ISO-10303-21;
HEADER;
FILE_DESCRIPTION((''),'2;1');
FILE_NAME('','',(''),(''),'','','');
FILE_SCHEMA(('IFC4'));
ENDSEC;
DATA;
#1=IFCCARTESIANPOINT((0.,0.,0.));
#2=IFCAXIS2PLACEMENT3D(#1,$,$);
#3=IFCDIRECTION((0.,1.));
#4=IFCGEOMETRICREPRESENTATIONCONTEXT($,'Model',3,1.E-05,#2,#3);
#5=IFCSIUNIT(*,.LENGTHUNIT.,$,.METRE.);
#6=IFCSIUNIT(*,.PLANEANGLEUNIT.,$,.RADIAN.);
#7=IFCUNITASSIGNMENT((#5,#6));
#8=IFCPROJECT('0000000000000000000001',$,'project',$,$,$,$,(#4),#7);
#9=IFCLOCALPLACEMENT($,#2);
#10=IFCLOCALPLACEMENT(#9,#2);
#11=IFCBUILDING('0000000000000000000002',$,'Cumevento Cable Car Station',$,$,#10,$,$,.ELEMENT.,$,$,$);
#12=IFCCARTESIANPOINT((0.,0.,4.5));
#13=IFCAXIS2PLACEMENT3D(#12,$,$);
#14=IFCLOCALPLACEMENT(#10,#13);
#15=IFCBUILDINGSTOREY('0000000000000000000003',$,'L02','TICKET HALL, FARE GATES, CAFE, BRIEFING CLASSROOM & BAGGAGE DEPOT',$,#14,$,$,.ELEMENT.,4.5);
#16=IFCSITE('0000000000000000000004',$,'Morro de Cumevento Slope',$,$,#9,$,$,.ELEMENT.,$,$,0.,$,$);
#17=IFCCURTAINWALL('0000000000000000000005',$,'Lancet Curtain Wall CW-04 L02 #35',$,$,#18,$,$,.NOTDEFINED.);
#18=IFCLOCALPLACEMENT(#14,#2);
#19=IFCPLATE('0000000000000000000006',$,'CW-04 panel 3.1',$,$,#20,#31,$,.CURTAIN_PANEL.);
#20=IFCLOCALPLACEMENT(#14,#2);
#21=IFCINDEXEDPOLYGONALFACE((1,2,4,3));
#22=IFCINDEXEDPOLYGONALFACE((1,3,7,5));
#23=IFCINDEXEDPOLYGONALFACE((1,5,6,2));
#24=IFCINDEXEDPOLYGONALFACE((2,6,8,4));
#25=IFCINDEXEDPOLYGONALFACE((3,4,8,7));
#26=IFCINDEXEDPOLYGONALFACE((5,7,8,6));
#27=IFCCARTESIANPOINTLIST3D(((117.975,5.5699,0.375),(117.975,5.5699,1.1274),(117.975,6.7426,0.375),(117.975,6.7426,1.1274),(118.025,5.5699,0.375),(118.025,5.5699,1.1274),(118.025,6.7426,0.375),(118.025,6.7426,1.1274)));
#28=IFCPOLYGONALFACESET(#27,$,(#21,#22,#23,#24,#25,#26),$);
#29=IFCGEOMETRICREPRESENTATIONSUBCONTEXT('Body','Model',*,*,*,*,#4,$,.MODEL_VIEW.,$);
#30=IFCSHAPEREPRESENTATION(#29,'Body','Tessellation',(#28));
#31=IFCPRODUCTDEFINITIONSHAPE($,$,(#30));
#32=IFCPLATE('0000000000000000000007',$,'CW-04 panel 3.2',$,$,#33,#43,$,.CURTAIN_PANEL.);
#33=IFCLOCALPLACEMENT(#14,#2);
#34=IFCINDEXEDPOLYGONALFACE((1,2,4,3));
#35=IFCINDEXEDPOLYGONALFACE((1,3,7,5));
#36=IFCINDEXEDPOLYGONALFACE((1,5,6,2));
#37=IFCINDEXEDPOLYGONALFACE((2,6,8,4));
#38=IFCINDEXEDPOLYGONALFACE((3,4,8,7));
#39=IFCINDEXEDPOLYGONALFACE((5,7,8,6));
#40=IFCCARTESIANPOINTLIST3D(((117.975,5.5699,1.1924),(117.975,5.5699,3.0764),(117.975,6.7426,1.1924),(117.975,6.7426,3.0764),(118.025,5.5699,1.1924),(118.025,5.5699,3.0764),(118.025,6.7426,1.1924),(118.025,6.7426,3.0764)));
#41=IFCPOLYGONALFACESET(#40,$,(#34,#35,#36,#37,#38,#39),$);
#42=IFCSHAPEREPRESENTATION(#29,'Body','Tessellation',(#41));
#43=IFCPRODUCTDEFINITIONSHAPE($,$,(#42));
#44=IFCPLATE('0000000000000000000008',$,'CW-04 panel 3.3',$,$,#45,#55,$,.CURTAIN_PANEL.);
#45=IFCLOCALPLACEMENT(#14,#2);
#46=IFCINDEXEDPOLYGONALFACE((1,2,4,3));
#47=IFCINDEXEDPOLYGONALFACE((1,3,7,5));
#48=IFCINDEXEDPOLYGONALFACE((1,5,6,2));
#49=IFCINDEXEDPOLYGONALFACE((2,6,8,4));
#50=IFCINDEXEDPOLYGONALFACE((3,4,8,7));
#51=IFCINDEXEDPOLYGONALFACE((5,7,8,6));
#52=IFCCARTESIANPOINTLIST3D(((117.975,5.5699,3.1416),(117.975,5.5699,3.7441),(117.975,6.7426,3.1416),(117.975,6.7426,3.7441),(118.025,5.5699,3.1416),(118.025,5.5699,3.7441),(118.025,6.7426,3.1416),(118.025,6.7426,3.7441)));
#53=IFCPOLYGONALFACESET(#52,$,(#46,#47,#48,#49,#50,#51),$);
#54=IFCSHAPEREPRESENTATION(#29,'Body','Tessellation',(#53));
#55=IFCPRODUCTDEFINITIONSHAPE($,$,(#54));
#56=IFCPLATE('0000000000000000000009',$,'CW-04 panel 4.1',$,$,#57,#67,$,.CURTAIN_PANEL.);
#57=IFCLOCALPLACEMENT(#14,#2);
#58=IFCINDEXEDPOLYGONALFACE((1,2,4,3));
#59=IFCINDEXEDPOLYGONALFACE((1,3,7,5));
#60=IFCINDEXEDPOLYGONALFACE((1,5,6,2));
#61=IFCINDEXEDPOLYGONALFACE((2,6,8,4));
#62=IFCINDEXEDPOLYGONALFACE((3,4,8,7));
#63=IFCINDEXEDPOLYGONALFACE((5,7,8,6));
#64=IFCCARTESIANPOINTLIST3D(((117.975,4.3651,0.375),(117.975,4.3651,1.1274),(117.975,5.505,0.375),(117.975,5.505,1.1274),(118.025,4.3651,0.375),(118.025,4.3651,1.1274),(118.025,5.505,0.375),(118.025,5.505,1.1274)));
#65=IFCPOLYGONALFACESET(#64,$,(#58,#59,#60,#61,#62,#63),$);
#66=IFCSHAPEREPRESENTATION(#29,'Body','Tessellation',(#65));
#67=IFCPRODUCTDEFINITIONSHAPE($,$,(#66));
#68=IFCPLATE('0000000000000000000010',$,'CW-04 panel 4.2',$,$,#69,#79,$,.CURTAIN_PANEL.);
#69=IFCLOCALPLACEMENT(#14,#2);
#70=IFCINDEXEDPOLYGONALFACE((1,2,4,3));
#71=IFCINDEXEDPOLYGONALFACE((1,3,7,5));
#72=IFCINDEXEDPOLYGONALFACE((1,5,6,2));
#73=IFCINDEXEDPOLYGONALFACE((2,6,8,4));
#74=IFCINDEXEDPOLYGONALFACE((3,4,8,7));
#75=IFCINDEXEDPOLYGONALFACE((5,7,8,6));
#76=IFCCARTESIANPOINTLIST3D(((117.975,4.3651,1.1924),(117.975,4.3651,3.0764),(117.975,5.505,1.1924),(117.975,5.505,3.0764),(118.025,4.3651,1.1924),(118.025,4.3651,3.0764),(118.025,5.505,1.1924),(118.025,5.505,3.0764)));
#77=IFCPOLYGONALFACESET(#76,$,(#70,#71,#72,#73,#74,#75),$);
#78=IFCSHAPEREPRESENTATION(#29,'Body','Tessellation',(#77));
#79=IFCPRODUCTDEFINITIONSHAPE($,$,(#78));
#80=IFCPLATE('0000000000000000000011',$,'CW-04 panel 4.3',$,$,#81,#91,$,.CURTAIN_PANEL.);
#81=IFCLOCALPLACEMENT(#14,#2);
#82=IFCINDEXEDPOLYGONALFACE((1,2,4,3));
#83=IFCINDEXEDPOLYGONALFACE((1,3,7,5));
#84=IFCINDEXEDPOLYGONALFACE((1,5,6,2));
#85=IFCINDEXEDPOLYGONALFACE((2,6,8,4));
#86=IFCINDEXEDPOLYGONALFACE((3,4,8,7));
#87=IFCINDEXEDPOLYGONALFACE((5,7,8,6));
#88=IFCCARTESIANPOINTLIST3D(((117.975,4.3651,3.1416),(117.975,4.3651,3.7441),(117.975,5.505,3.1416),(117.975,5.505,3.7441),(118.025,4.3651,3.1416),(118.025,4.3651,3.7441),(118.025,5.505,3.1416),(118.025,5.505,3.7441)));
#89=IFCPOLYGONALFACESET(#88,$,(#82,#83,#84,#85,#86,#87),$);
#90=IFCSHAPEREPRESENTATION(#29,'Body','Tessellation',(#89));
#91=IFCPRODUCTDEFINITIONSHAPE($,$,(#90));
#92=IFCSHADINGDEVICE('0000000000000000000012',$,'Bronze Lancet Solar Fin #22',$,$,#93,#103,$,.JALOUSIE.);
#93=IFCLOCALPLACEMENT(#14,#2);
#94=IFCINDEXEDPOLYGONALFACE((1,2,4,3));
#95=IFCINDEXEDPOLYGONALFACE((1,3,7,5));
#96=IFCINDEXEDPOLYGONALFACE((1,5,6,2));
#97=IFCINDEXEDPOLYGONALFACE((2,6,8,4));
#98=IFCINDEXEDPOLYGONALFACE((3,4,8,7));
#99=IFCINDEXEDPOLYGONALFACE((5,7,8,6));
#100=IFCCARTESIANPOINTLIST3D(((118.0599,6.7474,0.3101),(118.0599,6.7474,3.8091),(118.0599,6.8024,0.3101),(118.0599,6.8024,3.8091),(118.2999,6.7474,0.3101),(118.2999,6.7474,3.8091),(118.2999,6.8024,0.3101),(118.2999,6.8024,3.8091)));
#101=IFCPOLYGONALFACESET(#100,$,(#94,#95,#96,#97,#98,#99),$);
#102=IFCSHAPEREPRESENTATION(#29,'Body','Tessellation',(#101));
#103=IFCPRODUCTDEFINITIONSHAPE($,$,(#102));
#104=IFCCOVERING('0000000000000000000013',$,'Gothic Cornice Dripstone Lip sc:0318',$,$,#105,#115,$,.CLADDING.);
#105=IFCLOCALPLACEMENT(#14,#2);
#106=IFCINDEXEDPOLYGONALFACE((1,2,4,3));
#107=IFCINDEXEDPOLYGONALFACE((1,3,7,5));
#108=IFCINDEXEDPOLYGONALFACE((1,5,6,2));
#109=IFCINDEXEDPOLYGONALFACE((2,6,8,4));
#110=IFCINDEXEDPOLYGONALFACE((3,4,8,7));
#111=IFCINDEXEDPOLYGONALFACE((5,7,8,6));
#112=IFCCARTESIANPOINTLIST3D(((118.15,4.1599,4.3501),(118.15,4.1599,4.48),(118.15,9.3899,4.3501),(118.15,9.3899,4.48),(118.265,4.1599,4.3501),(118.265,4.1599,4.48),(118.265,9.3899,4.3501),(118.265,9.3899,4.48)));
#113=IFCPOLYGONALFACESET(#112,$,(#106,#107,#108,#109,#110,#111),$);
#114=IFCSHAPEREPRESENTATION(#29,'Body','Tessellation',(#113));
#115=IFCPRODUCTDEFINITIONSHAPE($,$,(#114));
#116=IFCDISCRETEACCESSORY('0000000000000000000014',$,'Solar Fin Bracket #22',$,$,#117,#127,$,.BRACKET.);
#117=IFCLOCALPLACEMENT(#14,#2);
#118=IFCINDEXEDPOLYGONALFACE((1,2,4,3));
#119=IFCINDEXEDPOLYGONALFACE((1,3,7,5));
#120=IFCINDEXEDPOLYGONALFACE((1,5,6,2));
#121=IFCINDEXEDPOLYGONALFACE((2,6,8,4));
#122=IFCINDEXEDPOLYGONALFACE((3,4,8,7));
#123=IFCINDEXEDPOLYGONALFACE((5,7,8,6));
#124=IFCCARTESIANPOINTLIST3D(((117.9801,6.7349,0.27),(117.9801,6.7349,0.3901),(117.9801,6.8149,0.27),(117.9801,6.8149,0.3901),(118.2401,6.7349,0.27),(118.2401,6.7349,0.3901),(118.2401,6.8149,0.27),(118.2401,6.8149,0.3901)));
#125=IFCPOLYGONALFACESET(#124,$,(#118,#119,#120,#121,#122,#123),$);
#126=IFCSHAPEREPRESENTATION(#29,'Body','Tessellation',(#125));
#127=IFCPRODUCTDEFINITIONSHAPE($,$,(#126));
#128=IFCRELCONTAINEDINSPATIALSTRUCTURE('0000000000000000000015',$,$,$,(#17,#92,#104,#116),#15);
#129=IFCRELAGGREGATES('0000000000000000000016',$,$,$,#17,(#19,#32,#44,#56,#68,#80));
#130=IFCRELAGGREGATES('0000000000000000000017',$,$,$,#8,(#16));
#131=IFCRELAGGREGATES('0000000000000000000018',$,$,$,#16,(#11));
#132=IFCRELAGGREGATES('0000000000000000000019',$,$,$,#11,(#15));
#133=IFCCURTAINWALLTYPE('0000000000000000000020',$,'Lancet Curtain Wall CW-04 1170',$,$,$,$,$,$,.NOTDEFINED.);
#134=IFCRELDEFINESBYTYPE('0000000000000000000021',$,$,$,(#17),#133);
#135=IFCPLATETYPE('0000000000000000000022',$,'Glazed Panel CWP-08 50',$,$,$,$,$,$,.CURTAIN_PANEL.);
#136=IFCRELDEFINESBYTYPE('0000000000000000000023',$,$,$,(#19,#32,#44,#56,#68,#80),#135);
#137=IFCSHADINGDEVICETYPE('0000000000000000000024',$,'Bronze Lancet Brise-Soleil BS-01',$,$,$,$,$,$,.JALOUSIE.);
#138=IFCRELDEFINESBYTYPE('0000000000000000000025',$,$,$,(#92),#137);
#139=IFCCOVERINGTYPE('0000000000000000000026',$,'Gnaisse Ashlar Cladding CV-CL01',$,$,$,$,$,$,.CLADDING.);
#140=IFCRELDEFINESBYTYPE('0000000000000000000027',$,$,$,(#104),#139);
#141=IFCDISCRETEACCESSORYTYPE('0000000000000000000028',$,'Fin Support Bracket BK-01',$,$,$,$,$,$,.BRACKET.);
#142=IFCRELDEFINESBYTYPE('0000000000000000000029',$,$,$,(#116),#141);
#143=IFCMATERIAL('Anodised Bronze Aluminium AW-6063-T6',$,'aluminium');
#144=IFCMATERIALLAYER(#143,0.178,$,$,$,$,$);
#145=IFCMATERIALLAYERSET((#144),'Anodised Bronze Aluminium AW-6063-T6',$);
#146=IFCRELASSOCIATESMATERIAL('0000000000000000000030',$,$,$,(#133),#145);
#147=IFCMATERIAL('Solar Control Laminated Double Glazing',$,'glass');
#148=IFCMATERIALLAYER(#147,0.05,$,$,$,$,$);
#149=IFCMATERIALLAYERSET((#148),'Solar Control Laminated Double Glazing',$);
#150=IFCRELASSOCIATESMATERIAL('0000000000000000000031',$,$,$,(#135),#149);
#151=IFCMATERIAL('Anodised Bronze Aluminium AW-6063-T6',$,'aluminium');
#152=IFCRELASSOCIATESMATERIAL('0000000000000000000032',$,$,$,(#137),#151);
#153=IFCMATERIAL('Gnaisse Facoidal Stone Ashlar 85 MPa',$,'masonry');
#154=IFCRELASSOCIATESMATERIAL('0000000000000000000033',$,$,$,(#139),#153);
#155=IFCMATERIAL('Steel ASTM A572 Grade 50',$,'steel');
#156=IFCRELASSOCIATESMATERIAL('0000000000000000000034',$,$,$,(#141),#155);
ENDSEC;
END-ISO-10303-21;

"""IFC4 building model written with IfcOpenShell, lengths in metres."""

from ifc_helpers import new_model, si_unit, direction, frame, origin, origin_2d, place, context, subcontext, project, spatial, rectangle, extrude, material, layer, layer_set, type_object, element, aggregate, save


model = new_model("IFC4")

# Units and contexts
model_context = context("Model", 3, precision=1e-05, world=origin(), true_north=direction((0.0, 1.0)))
body_context = subcontext(model_context, "Body", "Model", "MODEL_VIEW")
ifc_project = project(units=[si_unit("LENGTHUNIT", "METRE"), si_unit("PLANEANGLEUNIT", "RADIAN")], contexts=[model_context])

# Site, building, storey
site_placement = place(None, origin())
site = spatial("IfcSite", under=ifc_project, at=site_placement, Name="Morro de Cumevento Slope", CompositionType="ELEMENT", RefElevation=0.0)
building_placement = place(site_placement, origin())
building = spatial("IfcBuilding", under=site, at=building_placement, Name="Cumevento Cable Car Station", CompositionType="ELEMENT")
storey_placement = place(building_placement, frame((0.0, 0.0, 4.5)))
storey = spatial("IfcBuildingStorey", under=building, at=storey_placement, Name="L02", Description="TICKET HALL, FARE GATES, CAFE, BRIEFING CLASSROOM & BAGGAGE DEPOT", CompositionType="ELEMENT", Elevation=4.5)

# Curtain wall
ifc_material_1 = material(Name="Anodised Bronze Aluminium AW-6063-T6", Category="aluminium")
ifc_layer_1 = layer(ifc_material_1, 0.178)
ifc_layer_set_1 = layer_set([ifc_layer_1], Name="Anodised Bronze Aluminium AW-6063-T6")
curtain_wall_type = type_object("IfcCurtainWallType", Name="Lancet Curtain Wall CW-04 1170", PredefinedType="NOTDEFINED", material=ifc_layer_set_1)
curtain_wall_placement = place(storey_placement, origin())
curtain_wall = element("IfcCurtainWall", 1, at=curtain_wall_placement, inside=storey, type_object=curtain_wall_type, Name="Lancet Curtain Wall CW-04 L02 #35", PredefinedType="NOTDEFINED")

# Plates
ifc_material_2 = material(Name="Solar Control Laminated Double Glazing", Category="glass")
ifc_layer_2 = layer(ifc_material_2, 0.05)
ifc_layer_set_2 = layer_set([ifc_layer_2], Name="Solar Control Laminated Double Glazing")
plate_type = type_object("IfcPlateType", Name="Glazed Panel CWP-08 50", PredefinedType="CURTAIN_PANEL", material=ifc_layer_set_2)
plate_1_placement = place(storey_placement, frame((118.0, 6.1562, 0.375), z_axis=(0.0, 0.0, 1.0), x_axis=(0.0, -1.0, 0.0)))
plate_1 = element("IfcPlate", 2, at=plate_1_placement, type_object=plate_type, Name="CW-04 panel 3.1", PredefinedType="CURTAIN_PANEL", context=body_context, shape_type="SweptSolid", body=[
    extrude(rectangle(XDim=1.1726, YDim=0.05, at=origin_2d()), origin(), (0.0, 0.0, 1.0), 0.7524),
])
plate_2_placement = place(storey_placement, frame((118.0, 6.1562, 1.1924), z_axis=(0.0, 0.0, 1.0), x_axis=(0.0, -1.0, 0.0)))
plate_2 = element("IfcPlate", 3, at=plate_2_placement, type_object=plate_type, Name="CW-04 panel 3.2", PredefinedType="CURTAIN_PANEL", context=body_context, shape_type="SweptSolid", body=[
    extrude(rectangle(XDim=1.1726, YDim=0.05, at=origin_2d()), origin(), (0.0, 0.0, 1.0), 1.884),
])
plate_3_placement = place(storey_placement, frame((118.0, 6.1562, 3.1416), z_axis=(0.0, 0.0, 1.0), x_axis=(0.0, -1.0, 0.0)))
plate_3 = element("IfcPlate", 4, at=plate_3_placement, type_object=plate_type, Name="CW-04 panel 3.3", PredefinedType="CURTAIN_PANEL", context=body_context, shape_type="SweptSolid", body=[
    extrude(rectangle(XDim=1.1726, YDim=0.05, at=origin_2d()), origin(), (0.0, 0.0, 1.0), 0.6025),
])
plate_4_placement = place(storey_placement, frame((118.0, 4.9351, 0.375), z_axis=(0.0, 0.0, 1.0), x_axis=(0.0, -1.0, 0.0)))
plate_4 = element("IfcPlate", 5, at=plate_4_placement, type_object=plate_type, Name="CW-04 panel 4.1", PredefinedType="CURTAIN_PANEL", context=body_context, shape_type="SweptSolid", body=[
    extrude(rectangle(XDim=1.1399, YDim=0.05, at=origin_2d()), origin(), (0.0, 0.0, 1.0), 0.7524),
])
plate_5_placement = place(storey_placement, frame((118.0, 4.9351, 1.1924), z_axis=(0.0, 0.0, 1.0), x_axis=(0.0, -1.0, 0.0)))
plate_5 = element("IfcPlate", 6, at=plate_5_placement, type_object=plate_type, Name="CW-04 panel 4.2", PredefinedType="CURTAIN_PANEL", context=body_context, shape_type="SweptSolid", body=[
    extrude(rectangle(XDim=1.1399, YDim=0.05, at=origin_2d()), origin(), (0.0, 0.0, 1.0), 1.884),
])
plate_6_placement = place(storey_placement, frame((118.0, 4.9351, 3.1416), z_axis=(0.0, 0.0, 1.0), x_axis=(0.0, -1.0, 0.0)))
plate_6 = element("IfcPlate", 7, at=plate_6_placement, type_object=plate_type, Name="CW-04 panel 4.3", PredefinedType="CURTAIN_PANEL", context=body_context, shape_type="SweptSolid", body=[
    extrude(rectangle(XDim=1.1399, YDim=0.05, at=origin_2d()), origin(), (0.0, 0.0, 1.0), 0.6025),
])
aggregate(curtain_wall, [plate_1, plate_2, plate_3, plate_4, plate_5, plate_6])

# Shading device
ifc_material_3 = material(Name="Anodised Bronze Aluminium AW-6063-T6", Category="aluminium")
shading_device_type = type_object("IfcShadingDeviceType", Name="Bronze Lancet Brise-Soleil BS-01", PredefinedType="JALOUSIE", material=ifc_material_3)
shading_device_placement = place(storey_placement, frame((118.1799, 6.7749, 0.3101), z_axis=(0.0, 0.0, 1.0), x_axis=(0.0, -1.0, 0.0)))
element("IfcShadingDevice", 8, at=shading_device_placement, inside=storey, type_object=shading_device_type, Name="Bronze Lancet Solar Fin #22", PredefinedType="JALOUSIE", context=body_context, shape_type="SweptSolid", body=[
    extrude(rectangle(XDim=0.0549, YDim=0.24, at=origin_2d()), origin(), (0.0, 0.0, 1.0), 3.499),
])

# Covering
ifc_material_4 = material(Name="Gnaisse Facoidal Stone Ashlar 85 MPa", Category="masonry")
covering_type = type_object("IfcCoveringType", Name="Gnaisse Ashlar Cladding CV-CL01", PredefinedType="CLADDING", material=ifc_material_4)
covering_1_placement = place(storey_placement, frame((118.2075, 6.7749, 4.3501), z_axis=(0.0, 0.0, 1.0), x_axis=(0.0, -1.0, 0.0)))
element("IfcCovering", 9, at=covering_1_placement, inside=storey, type_object=covering_type, Name="Gothic Cornice Dripstone Lip sc:0318", PredefinedType="CLADDING", context=body_context, shape_type="SweptSolid", body=[
    extrude(rectangle(XDim=5.23, YDim=0.115, at=origin_2d()), origin(), (0.0, 0.0, 1.0), 0.1299),
])

# Discrete accessory
ifc_material_5 = material(Name="Steel ASTM A572 Grade 50", Category="steel")
discrete_accessory_type = type_object("IfcDiscreteAccessoryType", Name="Fin Support Bracket BK-01", PredefinedType="BRACKET", material=ifc_material_5)
discrete_accessory_placement = place(storey_placement, frame((118.1101, 6.7749, 0.27), z_axis=(0.0, 0.0, 1.0), x_axis=(0.0, -1.0, 0.0)))
element("IfcDiscreteAccessory", 10, at=discrete_accessory_placement, inside=storey, type_object=discrete_accessory_type, Name="Solar Fin Bracket #22", PredefinedType="BRACKET", context=body_context, shape_type="SweptSolid", body=[
    extrude(rectangle(XDim=0.0801, YDim=0.26, at=origin_2d()), origin(), (0.0, 0.0, 1.0), 0.1201),
])

save(model, "model.ifc")
